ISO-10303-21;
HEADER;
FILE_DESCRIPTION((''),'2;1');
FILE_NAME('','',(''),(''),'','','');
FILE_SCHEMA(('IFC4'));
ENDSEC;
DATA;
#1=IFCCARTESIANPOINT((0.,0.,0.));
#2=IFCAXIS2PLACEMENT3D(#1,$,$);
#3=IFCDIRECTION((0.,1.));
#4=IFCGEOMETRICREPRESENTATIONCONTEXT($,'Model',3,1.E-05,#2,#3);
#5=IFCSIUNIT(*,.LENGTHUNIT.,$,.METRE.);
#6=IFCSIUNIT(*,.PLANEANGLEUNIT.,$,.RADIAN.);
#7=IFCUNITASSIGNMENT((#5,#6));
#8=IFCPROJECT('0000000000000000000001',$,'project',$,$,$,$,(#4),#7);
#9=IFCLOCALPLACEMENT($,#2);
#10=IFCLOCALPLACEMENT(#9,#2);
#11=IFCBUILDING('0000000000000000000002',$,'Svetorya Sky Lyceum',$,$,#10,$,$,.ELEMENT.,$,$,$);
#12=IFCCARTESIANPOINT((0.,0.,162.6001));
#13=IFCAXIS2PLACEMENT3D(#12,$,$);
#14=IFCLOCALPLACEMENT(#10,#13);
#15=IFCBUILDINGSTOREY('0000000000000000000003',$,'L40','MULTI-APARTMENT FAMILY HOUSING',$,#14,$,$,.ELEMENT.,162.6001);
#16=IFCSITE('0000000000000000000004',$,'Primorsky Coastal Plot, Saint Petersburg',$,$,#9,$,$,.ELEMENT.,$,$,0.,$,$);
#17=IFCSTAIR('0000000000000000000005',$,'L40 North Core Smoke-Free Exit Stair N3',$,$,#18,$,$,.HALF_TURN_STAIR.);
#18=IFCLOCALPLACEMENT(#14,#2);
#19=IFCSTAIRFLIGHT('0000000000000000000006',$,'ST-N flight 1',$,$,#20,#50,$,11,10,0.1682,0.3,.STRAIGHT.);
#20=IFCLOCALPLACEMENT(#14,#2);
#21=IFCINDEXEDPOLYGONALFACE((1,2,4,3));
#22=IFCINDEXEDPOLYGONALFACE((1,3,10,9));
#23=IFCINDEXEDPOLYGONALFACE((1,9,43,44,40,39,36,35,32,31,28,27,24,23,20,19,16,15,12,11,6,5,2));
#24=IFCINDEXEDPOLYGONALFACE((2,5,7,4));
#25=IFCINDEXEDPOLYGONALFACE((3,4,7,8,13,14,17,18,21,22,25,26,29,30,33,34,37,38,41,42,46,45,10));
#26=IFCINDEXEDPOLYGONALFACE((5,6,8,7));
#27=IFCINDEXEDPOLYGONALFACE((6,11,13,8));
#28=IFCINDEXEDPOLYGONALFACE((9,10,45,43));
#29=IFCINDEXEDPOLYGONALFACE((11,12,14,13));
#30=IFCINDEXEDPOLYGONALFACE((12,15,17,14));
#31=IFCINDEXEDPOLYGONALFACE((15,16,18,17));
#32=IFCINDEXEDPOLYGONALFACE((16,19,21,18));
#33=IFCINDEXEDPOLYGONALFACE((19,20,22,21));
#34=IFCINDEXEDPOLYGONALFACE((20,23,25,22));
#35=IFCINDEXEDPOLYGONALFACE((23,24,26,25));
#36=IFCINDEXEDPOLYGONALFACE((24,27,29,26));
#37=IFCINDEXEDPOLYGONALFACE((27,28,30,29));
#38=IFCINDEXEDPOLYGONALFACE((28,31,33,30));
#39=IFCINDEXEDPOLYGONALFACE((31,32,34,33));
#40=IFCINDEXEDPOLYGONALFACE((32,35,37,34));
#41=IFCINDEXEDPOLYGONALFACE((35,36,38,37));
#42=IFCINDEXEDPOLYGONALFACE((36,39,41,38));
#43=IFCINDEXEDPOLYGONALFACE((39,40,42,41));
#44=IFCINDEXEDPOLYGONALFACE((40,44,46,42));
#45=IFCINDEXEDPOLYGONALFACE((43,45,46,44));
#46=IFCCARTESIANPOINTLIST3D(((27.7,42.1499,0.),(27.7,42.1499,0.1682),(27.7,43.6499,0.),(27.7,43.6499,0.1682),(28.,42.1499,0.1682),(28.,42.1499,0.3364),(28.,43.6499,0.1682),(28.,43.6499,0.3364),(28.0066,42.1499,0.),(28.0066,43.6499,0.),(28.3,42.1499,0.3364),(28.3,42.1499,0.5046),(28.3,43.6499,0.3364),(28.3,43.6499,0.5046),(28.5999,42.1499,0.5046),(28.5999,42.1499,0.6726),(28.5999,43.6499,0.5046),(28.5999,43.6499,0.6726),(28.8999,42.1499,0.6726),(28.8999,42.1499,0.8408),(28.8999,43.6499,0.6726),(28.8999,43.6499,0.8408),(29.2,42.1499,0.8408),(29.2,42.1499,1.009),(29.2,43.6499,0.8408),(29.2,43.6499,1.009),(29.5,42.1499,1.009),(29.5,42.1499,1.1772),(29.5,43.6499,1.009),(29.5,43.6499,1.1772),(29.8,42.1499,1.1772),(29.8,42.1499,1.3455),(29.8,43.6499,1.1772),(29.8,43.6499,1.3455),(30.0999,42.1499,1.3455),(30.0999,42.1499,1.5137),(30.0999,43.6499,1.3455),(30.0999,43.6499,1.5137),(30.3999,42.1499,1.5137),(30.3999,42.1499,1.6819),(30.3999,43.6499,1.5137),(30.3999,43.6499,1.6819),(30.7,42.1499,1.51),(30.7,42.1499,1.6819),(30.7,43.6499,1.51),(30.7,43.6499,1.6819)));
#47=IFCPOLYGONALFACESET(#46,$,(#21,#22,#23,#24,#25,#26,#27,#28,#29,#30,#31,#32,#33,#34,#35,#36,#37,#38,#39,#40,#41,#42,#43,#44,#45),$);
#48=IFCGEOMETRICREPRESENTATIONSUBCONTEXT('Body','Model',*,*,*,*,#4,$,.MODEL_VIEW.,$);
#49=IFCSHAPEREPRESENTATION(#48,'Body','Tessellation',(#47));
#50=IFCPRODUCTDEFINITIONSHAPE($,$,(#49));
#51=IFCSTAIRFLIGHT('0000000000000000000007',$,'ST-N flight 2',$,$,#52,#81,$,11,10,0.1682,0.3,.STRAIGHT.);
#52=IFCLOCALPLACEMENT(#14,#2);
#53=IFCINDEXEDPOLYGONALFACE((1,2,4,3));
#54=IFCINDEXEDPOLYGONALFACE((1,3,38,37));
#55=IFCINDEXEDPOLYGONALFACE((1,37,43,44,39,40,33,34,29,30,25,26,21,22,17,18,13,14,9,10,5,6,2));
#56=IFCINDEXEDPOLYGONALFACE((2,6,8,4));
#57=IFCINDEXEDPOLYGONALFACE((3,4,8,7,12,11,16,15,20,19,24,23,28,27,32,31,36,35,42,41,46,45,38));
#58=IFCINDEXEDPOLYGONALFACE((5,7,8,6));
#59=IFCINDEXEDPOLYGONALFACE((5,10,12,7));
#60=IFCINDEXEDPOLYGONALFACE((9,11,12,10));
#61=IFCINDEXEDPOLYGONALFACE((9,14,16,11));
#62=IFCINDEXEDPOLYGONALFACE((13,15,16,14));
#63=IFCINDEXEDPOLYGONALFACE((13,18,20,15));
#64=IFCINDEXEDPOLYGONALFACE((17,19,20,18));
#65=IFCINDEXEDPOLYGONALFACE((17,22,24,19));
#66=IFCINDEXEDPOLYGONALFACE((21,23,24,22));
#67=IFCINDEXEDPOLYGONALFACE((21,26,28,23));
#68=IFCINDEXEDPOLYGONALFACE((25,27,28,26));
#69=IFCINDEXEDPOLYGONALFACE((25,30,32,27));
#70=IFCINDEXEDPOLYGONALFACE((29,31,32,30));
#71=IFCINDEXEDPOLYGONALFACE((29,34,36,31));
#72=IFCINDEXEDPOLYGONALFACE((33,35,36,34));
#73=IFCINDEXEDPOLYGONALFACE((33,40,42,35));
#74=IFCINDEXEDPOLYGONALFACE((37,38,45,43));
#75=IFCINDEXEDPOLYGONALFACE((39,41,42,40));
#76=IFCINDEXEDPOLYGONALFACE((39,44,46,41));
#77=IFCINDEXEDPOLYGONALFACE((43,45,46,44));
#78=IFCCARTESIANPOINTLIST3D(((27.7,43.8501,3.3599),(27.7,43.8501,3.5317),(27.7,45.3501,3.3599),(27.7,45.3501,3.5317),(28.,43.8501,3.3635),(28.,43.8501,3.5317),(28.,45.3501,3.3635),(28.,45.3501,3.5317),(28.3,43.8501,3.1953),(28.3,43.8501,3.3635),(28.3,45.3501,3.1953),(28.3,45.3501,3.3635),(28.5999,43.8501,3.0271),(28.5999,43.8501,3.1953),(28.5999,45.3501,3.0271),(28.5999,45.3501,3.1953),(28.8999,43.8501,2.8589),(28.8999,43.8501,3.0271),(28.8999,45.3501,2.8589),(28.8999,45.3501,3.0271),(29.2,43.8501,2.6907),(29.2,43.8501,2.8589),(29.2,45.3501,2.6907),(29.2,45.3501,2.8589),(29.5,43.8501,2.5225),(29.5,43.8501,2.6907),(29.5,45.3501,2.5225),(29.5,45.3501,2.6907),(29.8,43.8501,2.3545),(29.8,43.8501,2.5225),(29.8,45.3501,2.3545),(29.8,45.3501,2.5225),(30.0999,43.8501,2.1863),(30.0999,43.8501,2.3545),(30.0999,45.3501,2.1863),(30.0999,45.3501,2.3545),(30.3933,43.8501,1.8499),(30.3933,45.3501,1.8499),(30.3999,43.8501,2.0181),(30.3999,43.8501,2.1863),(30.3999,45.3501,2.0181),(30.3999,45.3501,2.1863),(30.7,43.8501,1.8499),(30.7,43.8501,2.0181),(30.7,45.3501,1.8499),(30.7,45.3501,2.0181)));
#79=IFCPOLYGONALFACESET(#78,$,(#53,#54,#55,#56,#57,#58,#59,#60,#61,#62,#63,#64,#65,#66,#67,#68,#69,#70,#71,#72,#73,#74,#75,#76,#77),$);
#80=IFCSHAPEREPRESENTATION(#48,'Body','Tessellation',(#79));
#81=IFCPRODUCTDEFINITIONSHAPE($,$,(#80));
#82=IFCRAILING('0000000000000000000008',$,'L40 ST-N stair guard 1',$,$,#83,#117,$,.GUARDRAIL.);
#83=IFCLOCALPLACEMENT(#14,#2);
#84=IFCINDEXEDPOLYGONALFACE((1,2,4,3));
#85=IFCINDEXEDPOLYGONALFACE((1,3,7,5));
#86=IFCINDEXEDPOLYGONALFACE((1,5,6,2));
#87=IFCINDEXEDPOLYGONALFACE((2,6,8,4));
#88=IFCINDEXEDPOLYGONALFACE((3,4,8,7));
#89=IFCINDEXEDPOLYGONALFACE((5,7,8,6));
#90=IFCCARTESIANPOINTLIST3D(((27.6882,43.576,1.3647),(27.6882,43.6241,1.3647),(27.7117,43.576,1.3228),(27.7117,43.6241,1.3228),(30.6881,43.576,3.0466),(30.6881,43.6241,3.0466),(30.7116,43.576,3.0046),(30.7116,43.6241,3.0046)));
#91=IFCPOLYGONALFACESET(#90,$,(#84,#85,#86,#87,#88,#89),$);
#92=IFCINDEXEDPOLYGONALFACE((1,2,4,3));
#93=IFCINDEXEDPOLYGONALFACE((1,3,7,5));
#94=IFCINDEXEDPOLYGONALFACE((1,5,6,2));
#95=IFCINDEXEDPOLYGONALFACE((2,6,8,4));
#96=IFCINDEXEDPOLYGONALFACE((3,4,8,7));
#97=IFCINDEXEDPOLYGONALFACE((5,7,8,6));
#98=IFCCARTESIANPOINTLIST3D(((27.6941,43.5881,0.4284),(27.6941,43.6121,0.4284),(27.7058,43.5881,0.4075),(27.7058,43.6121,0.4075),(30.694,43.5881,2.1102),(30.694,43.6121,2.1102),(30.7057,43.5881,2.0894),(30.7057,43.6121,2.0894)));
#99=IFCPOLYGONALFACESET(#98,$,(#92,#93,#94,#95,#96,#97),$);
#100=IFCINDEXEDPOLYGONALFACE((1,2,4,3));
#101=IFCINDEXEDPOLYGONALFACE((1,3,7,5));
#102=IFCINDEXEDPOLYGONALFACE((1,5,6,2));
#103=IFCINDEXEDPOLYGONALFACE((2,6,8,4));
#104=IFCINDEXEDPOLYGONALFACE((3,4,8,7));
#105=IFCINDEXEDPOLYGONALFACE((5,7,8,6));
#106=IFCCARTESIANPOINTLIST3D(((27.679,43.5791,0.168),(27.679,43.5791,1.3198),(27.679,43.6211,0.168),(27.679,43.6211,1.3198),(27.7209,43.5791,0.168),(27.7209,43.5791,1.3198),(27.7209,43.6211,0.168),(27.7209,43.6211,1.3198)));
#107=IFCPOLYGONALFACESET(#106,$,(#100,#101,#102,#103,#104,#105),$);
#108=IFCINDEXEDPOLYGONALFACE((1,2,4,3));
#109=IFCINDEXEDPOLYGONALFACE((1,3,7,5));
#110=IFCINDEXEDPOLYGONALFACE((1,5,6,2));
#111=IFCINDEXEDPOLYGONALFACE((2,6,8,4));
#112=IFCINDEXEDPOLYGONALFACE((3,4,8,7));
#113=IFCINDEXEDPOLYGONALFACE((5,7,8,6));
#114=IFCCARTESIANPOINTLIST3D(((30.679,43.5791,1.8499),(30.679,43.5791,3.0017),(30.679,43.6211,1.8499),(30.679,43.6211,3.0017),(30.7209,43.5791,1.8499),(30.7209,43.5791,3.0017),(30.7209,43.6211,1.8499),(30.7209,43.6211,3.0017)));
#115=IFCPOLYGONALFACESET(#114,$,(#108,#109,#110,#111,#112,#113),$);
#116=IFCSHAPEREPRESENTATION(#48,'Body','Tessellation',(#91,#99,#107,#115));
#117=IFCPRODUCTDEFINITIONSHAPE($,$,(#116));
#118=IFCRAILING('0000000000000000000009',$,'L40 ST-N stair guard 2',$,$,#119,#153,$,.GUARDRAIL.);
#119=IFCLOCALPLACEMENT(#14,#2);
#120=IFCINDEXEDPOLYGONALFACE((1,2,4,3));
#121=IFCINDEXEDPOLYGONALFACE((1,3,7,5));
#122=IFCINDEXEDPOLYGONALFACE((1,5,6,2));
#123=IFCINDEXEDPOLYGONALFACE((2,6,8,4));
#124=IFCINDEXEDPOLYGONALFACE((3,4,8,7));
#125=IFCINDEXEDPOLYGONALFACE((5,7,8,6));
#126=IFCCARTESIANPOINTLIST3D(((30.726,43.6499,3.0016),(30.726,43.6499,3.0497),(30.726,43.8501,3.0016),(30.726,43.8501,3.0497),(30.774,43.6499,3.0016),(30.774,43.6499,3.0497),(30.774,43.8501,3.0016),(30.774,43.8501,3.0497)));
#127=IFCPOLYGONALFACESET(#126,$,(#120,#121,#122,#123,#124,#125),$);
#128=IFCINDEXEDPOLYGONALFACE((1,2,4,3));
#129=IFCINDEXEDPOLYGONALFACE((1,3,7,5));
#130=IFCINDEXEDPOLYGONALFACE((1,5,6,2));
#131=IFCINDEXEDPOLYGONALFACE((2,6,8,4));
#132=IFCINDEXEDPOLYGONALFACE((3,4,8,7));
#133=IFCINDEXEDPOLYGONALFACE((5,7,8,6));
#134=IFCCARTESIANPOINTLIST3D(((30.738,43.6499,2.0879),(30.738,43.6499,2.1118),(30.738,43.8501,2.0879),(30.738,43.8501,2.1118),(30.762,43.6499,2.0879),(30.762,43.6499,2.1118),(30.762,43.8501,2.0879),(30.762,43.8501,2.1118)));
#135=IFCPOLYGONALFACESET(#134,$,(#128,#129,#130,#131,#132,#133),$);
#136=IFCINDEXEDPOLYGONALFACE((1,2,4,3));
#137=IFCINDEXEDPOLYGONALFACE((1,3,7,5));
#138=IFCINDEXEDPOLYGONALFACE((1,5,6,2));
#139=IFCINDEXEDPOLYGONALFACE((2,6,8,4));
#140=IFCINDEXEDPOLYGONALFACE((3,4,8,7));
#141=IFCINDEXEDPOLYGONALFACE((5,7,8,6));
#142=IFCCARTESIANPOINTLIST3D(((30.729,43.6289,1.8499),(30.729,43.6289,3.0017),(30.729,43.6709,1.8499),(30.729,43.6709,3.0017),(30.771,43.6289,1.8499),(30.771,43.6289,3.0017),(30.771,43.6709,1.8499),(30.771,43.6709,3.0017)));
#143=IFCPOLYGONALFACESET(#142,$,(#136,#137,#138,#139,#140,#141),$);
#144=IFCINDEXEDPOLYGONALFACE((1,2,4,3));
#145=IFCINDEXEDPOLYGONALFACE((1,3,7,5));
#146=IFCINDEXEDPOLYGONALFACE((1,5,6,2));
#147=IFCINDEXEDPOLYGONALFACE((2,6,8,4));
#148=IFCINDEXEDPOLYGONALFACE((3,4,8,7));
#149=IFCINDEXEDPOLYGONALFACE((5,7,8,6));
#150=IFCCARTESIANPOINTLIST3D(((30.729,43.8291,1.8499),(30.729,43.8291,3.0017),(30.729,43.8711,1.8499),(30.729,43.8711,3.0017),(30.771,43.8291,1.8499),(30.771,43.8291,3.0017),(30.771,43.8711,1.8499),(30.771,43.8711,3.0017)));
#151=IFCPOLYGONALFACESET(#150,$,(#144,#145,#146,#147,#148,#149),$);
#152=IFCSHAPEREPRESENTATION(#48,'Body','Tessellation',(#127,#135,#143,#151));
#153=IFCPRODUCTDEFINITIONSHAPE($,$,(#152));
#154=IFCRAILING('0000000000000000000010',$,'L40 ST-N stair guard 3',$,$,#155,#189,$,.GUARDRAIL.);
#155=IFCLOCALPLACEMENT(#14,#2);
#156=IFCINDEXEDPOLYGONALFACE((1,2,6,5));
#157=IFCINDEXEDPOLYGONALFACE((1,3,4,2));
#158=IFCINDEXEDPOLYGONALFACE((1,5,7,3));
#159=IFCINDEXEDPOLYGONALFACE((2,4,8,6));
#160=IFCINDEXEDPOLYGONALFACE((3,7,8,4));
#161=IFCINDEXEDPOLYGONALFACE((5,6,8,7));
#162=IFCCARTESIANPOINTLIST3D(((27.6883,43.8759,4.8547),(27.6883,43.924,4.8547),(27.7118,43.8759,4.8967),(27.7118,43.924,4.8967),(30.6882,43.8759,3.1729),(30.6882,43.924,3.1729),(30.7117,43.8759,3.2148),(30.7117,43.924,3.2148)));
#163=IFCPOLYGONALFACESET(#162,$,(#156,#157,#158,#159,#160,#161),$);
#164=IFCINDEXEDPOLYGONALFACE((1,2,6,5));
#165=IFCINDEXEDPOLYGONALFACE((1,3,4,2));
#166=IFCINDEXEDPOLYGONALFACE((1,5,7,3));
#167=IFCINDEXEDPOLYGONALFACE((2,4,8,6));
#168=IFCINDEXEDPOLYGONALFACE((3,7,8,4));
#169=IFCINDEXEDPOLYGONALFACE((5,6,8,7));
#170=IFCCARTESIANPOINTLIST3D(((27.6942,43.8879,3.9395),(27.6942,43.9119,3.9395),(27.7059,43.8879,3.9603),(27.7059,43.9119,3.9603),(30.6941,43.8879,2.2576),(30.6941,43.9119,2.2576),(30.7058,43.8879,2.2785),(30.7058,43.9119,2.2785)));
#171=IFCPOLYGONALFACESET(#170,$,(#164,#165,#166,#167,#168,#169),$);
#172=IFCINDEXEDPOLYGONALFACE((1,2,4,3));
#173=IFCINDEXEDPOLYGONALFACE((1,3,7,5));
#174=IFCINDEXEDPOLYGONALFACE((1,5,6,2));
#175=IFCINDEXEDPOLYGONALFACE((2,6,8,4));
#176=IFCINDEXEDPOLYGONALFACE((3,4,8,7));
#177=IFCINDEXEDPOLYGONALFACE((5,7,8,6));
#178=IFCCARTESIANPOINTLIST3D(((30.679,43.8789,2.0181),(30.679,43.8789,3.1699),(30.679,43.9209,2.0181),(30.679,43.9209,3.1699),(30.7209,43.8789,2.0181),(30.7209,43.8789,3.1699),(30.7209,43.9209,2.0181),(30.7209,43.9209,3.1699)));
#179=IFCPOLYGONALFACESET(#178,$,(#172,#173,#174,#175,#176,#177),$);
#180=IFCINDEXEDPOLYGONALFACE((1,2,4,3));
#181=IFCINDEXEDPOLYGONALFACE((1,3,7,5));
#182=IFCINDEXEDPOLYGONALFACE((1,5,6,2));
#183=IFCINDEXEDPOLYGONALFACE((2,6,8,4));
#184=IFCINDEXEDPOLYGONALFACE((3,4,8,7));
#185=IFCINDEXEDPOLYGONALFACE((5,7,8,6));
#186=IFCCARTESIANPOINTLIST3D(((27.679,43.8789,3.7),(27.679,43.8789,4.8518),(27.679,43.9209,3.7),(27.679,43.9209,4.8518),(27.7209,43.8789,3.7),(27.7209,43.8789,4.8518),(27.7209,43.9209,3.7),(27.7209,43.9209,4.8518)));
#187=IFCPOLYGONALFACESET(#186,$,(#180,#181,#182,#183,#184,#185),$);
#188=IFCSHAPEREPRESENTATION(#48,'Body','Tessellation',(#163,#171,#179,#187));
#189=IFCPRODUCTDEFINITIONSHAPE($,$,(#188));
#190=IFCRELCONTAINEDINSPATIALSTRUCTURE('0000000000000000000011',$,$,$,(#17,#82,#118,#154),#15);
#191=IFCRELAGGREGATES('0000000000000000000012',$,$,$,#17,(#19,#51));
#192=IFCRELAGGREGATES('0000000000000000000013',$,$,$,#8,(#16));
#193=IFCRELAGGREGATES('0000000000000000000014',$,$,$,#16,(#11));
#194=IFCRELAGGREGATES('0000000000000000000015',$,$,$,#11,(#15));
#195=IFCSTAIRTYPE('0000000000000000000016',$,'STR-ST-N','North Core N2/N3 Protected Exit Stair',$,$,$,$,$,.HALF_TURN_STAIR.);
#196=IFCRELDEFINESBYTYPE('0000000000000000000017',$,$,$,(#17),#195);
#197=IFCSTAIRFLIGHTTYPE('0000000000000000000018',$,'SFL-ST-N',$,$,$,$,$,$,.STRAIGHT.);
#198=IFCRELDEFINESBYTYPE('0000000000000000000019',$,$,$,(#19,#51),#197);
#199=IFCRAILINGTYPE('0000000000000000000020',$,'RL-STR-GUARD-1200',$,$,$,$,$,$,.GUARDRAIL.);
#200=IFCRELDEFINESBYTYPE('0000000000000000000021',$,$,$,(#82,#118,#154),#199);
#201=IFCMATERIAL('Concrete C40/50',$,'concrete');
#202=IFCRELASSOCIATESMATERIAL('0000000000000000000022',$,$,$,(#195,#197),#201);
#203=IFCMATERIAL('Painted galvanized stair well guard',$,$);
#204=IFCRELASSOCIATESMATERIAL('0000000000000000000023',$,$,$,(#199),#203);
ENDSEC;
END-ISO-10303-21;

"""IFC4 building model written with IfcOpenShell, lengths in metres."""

from ifc_helpers import new_model, si_unit, direction, frame, origin, origin_2d, place, context, subcontext, project, spatial, polyline, rectangle, outline, extrude, material, type_object, element, aggregate, save


model = new_model("IFC4")

# Units and contexts
model_context = context("Model", 3, precision=1e-05, world=origin(), true_north=direction((0.0, 1.0)))
body_context = subcontext(model_context, "Body", "Model", "MODEL_VIEW")
ifc_project = project(units=[si_unit("LENGTHUNIT", "METRE"), si_unit("PLANEANGLEUNIT", "RADIAN")], contexts=[model_context])

# Site, building, storey
site_placement = place(None, origin())
site = spatial("IfcSite", under=ifc_project, at=site_placement, Name="Primorsky Coastal Plot, Saint Petersburg", CompositionType="ELEMENT", RefElevation=0.0)
building_placement = place(site_placement, origin())
building = spatial("IfcBuilding", under=site, at=building_placement, Name="Svetorya Sky Lyceum", CompositionType="ELEMENT")
storey_placement = place(building_placement, frame((0.0, 0.0, 162.6001)))
storey = spatial("IfcBuildingStorey", under=building, at=storey_placement, Name="L40", Description="MULTI-APARTMENT FAMILY HOUSING", CompositionType="ELEMENT", Elevation=162.6001)

# Stair, stair flights
ifc_material_1 = material(Name="Concrete C40/50", Category="concrete")
stair_type = type_object("IfcStairType", Name="STR-ST-N", Description="North Core N2/N3 Protected Exit Stair", PredefinedType="HALF_TURN_STAIR", material=ifc_material_1)
stair_placement = place(storey_placement, origin())
stair = element("IfcStair", 1, at=stair_placement, inside=storey, type_object=stair_type, Name="L40 North Core Smoke-Free Exit Stair N3", PredefinedType="HALF_TURN_STAIR")
stair_flight_type = type_object("IfcStairFlightType", Name="SFL-ST-N", PredefinedType="STRAIGHT", material=ifc_material_1)
stair_flight_1_placement = place(storey_placement, frame((27.7, 42.8999, 0.0), z_axis=(0.0, 0.0, 1.0), x_axis=(1.0, 0.0, 0.0)))
stair_flight_1 = element("IfcStairFlight", 2, at=stair_flight_1_placement, type_object=stair_flight_type, Name="ST-N flight 1", NumberOfRisers=11, NumberOfTreads=10, PredefinedType="STRAIGHT", RiserHeight=0.1682, TreadLength=0.3, context=body_context, shape_type="SweptSolid", body=[
    extrude(outline(polyline([(0.0, 0.0), (0.0, 0.1682), (0.3, 0.1682), (0.3, 0.3364), (0.6001, 0.3364), (0.6001, 0.5046), (0.8999, 0.5046), (0.8999, 0.6726), (1.2, 0.6726), (1.2, 0.8408), (1.5, 0.8408), (1.5, 1.009), (1.8, 1.009), (1.8, 1.1772), (2.1001, 1.1772), (2.1001, 1.3455), (2.3999, 1.3455), (2.3999, 1.5137), (2.7, 1.5137), (2.7, 1.6819), (3.0, 1.6819), (3.0, 1.8501), (3.0, 1.51), (0.3066, 0.0), (0.0, 0.0)])), frame((0.0, 0.75, 0.0), z_axis=(0.0, -1.0, 0.0), x_axis=(1.0, 0.0, 0.0)), (0.0, 0.0, 1.0), 1.5),
])
stair_flight_2_placement = place(storey_placement, frame((30.7, 44.6001, 1.8499), z_axis=(0.0, 0.0, 1.0), x_axis=(-1.0, 0.0, 0.0)))
stair_flight_2 = element("IfcStairFlight", 3, at=stair_flight_2_placement, type_object=stair_flight_type, Name="ST-N flight 2", NumberOfRisers=11, NumberOfTreads=10, PredefinedType="STRAIGHT", RiserHeight=0.1682, TreadLength=0.3, context=body_context, shape_type="SweptSolid", body=[
    extrude(outline(polyline([(0.0, 0.0), (0.0, 0.1682), (0.3, 0.1682), (0.3, 0.3364), (0.6001, 0.3364), (0.6001, 0.5046), (0.8999, 0.5046), (0.8999, 0.6726), (1.2, 0.6726), (1.2, 0.8408), (1.5, 0.8408), (1.5, 1.009), (1.8, 1.009), (1.8, 1.1772), (2.1001, 1.1772), (2.1001, 1.3455), (2.3999, 1.3455), (2.3999, 1.5137), (2.7, 1.5137), (2.7, 1.6819), (3.0, 1.6819), (3.0, 1.8501), (3.0, 1.51), (0.3066, 0.0), (0.0, 0.0)])), frame((0.0, 0.75, 0.0), z_axis=(0.0, -1.0, 0.0), x_axis=(1.0, 0.0, 0.0)), (0.0, 0.0, 1.0), 1.5),
])
aggregate(stair, [stair_flight_1, stair_flight_2])

# Railings
ifc_material_2 = material(Name="Painted galvanized stair well guard")
railing_type_1 = type_object("IfcRailingType", Name="RL-STR-GUARD-1200", PredefinedType="GUARDRAIL", material=ifc_material_2)
railing_1_placement = place(storey_placement, frame((27.7, 43.6001, 0.168)))
element("IfcRailing", 4, at=railing_1_placement, inside=storey, type_object=railing_type_1, Name="L40 ST-N stair guard 1", PredefinedType="GUARDRAIL", context=body_context, shape_type="SweptSolid", body=[
    extrude(rectangle(XDim=0.0481, YDim=0.0481, at=origin_2d()), frame((0.0, 0.0, 1.1758), z_axis=(0.872272, 0.0, 0.48902), x_axis=(0.0, 1.0, 0.0)), (0.0, 0.0, 1.0), 3.4392),
    extrude(rectangle(XDim=0.0239, YDim=0.0239, at=origin_2d()), frame((0.0, 0.0, 0.25), z_axis=(0.872272, 0.0, 0.48902), x_axis=(0.0, 1.0, 0.0)), (0.0, 0.0, 1.0), 3.4392),
    extrude(rectangle(XDim=0.042, YDim=0.042, at=origin_2d()), origin(), (0.0, 0.0, 1.0), 1.1519),
    extrude(rectangle(XDim=0.042, YDim=0.042, at=origin_2d()), frame((3.0, 0.0, 1.6819)), (0.0, 0.0, 1.0), 1.1519),
])
railing_2_placement = place(storey_placement, frame((30.75, 43.6499, 1.8499)))
element("IfcRailing", 5, at=railing_2_placement, inside=storey, type_object=railing_type_1, Name="L40 ST-N stair guard 2", PredefinedType="GUARDRAIL", context=body_context, shape_type="SweptSolid", body=[
    extrude(rectangle(XDim=0.0481, YDim=0.0481, at=origin_2d()), frame((0.0, 0.0, 1.1758), z_axis=(0.0, 1.0, 0.0), x_axis=(-1.0, 0.0, 0.0)), (0.0, 0.0, 1.0), 0.2002),
    extrude(rectangle(XDim=0.0239, YDim=0.0239, at=origin_2d()), frame((0.0, 0.0, 0.25), z_axis=(0.0, 1.0, 0.0), x_axis=(-1.0, 0.0, 0.0)), (0.0, 0.0, 1.0), 0.2002),
    extrude(rectangle(XDim=0.042, YDim=0.042, at=origin_2d()), origin(), (0.0, 0.0, 1.0), 1.1519),
    extrude(rectangle(XDim=0.042, YDim=0.042, at=origin_2d()), frame((0.0, 0.2002, 0.0)), (0.0, 0.0, 1.0), 1.1519),
])
railing_3_placement = place(storey_placement, frame((30.7, 43.8999, 2.0181)))
element("IfcRailing", 6, at=railing_3_placement, inside=storey, type_object=railing_type_1, Name="L40 ST-N stair guard 3", PredefinedType="GUARDRAIL", context=body_context, shape_type="SweptSolid", body=[
    extrude(rectangle(XDim=0.0481, YDim=0.0481, at=origin_2d()), frame((0.0, 0.0, 1.1758), z_axis=(-0.872272, 0.0, 0.48902), x_axis=(0.0, -1.0, 0.0)), (0.0, 0.0, 1.0), 3.4392),
    extrude(rectangle(XDim=0.0239, YDim=0.0239, at=origin_2d()), frame((0.0, 0.0, 0.25), z_axis=(-0.872272, 0.0, 0.48902), x_axis=(0.0, -1.0, 0.0)), (0.0, 0.0, 1.0), 3.4392),
    extrude(rectangle(XDim=0.042, YDim=0.042, at=origin_2d()), origin(), (0.0, 0.0, 1.0), 1.1519),
    extrude(rectangle(XDim=0.042, YDim=0.042, at=origin_2d()), frame((-3.0, 0.0, 1.6819)), (0.0, 0.0, 1.0), 1.1519),
])

save(model, "model.ifc")
